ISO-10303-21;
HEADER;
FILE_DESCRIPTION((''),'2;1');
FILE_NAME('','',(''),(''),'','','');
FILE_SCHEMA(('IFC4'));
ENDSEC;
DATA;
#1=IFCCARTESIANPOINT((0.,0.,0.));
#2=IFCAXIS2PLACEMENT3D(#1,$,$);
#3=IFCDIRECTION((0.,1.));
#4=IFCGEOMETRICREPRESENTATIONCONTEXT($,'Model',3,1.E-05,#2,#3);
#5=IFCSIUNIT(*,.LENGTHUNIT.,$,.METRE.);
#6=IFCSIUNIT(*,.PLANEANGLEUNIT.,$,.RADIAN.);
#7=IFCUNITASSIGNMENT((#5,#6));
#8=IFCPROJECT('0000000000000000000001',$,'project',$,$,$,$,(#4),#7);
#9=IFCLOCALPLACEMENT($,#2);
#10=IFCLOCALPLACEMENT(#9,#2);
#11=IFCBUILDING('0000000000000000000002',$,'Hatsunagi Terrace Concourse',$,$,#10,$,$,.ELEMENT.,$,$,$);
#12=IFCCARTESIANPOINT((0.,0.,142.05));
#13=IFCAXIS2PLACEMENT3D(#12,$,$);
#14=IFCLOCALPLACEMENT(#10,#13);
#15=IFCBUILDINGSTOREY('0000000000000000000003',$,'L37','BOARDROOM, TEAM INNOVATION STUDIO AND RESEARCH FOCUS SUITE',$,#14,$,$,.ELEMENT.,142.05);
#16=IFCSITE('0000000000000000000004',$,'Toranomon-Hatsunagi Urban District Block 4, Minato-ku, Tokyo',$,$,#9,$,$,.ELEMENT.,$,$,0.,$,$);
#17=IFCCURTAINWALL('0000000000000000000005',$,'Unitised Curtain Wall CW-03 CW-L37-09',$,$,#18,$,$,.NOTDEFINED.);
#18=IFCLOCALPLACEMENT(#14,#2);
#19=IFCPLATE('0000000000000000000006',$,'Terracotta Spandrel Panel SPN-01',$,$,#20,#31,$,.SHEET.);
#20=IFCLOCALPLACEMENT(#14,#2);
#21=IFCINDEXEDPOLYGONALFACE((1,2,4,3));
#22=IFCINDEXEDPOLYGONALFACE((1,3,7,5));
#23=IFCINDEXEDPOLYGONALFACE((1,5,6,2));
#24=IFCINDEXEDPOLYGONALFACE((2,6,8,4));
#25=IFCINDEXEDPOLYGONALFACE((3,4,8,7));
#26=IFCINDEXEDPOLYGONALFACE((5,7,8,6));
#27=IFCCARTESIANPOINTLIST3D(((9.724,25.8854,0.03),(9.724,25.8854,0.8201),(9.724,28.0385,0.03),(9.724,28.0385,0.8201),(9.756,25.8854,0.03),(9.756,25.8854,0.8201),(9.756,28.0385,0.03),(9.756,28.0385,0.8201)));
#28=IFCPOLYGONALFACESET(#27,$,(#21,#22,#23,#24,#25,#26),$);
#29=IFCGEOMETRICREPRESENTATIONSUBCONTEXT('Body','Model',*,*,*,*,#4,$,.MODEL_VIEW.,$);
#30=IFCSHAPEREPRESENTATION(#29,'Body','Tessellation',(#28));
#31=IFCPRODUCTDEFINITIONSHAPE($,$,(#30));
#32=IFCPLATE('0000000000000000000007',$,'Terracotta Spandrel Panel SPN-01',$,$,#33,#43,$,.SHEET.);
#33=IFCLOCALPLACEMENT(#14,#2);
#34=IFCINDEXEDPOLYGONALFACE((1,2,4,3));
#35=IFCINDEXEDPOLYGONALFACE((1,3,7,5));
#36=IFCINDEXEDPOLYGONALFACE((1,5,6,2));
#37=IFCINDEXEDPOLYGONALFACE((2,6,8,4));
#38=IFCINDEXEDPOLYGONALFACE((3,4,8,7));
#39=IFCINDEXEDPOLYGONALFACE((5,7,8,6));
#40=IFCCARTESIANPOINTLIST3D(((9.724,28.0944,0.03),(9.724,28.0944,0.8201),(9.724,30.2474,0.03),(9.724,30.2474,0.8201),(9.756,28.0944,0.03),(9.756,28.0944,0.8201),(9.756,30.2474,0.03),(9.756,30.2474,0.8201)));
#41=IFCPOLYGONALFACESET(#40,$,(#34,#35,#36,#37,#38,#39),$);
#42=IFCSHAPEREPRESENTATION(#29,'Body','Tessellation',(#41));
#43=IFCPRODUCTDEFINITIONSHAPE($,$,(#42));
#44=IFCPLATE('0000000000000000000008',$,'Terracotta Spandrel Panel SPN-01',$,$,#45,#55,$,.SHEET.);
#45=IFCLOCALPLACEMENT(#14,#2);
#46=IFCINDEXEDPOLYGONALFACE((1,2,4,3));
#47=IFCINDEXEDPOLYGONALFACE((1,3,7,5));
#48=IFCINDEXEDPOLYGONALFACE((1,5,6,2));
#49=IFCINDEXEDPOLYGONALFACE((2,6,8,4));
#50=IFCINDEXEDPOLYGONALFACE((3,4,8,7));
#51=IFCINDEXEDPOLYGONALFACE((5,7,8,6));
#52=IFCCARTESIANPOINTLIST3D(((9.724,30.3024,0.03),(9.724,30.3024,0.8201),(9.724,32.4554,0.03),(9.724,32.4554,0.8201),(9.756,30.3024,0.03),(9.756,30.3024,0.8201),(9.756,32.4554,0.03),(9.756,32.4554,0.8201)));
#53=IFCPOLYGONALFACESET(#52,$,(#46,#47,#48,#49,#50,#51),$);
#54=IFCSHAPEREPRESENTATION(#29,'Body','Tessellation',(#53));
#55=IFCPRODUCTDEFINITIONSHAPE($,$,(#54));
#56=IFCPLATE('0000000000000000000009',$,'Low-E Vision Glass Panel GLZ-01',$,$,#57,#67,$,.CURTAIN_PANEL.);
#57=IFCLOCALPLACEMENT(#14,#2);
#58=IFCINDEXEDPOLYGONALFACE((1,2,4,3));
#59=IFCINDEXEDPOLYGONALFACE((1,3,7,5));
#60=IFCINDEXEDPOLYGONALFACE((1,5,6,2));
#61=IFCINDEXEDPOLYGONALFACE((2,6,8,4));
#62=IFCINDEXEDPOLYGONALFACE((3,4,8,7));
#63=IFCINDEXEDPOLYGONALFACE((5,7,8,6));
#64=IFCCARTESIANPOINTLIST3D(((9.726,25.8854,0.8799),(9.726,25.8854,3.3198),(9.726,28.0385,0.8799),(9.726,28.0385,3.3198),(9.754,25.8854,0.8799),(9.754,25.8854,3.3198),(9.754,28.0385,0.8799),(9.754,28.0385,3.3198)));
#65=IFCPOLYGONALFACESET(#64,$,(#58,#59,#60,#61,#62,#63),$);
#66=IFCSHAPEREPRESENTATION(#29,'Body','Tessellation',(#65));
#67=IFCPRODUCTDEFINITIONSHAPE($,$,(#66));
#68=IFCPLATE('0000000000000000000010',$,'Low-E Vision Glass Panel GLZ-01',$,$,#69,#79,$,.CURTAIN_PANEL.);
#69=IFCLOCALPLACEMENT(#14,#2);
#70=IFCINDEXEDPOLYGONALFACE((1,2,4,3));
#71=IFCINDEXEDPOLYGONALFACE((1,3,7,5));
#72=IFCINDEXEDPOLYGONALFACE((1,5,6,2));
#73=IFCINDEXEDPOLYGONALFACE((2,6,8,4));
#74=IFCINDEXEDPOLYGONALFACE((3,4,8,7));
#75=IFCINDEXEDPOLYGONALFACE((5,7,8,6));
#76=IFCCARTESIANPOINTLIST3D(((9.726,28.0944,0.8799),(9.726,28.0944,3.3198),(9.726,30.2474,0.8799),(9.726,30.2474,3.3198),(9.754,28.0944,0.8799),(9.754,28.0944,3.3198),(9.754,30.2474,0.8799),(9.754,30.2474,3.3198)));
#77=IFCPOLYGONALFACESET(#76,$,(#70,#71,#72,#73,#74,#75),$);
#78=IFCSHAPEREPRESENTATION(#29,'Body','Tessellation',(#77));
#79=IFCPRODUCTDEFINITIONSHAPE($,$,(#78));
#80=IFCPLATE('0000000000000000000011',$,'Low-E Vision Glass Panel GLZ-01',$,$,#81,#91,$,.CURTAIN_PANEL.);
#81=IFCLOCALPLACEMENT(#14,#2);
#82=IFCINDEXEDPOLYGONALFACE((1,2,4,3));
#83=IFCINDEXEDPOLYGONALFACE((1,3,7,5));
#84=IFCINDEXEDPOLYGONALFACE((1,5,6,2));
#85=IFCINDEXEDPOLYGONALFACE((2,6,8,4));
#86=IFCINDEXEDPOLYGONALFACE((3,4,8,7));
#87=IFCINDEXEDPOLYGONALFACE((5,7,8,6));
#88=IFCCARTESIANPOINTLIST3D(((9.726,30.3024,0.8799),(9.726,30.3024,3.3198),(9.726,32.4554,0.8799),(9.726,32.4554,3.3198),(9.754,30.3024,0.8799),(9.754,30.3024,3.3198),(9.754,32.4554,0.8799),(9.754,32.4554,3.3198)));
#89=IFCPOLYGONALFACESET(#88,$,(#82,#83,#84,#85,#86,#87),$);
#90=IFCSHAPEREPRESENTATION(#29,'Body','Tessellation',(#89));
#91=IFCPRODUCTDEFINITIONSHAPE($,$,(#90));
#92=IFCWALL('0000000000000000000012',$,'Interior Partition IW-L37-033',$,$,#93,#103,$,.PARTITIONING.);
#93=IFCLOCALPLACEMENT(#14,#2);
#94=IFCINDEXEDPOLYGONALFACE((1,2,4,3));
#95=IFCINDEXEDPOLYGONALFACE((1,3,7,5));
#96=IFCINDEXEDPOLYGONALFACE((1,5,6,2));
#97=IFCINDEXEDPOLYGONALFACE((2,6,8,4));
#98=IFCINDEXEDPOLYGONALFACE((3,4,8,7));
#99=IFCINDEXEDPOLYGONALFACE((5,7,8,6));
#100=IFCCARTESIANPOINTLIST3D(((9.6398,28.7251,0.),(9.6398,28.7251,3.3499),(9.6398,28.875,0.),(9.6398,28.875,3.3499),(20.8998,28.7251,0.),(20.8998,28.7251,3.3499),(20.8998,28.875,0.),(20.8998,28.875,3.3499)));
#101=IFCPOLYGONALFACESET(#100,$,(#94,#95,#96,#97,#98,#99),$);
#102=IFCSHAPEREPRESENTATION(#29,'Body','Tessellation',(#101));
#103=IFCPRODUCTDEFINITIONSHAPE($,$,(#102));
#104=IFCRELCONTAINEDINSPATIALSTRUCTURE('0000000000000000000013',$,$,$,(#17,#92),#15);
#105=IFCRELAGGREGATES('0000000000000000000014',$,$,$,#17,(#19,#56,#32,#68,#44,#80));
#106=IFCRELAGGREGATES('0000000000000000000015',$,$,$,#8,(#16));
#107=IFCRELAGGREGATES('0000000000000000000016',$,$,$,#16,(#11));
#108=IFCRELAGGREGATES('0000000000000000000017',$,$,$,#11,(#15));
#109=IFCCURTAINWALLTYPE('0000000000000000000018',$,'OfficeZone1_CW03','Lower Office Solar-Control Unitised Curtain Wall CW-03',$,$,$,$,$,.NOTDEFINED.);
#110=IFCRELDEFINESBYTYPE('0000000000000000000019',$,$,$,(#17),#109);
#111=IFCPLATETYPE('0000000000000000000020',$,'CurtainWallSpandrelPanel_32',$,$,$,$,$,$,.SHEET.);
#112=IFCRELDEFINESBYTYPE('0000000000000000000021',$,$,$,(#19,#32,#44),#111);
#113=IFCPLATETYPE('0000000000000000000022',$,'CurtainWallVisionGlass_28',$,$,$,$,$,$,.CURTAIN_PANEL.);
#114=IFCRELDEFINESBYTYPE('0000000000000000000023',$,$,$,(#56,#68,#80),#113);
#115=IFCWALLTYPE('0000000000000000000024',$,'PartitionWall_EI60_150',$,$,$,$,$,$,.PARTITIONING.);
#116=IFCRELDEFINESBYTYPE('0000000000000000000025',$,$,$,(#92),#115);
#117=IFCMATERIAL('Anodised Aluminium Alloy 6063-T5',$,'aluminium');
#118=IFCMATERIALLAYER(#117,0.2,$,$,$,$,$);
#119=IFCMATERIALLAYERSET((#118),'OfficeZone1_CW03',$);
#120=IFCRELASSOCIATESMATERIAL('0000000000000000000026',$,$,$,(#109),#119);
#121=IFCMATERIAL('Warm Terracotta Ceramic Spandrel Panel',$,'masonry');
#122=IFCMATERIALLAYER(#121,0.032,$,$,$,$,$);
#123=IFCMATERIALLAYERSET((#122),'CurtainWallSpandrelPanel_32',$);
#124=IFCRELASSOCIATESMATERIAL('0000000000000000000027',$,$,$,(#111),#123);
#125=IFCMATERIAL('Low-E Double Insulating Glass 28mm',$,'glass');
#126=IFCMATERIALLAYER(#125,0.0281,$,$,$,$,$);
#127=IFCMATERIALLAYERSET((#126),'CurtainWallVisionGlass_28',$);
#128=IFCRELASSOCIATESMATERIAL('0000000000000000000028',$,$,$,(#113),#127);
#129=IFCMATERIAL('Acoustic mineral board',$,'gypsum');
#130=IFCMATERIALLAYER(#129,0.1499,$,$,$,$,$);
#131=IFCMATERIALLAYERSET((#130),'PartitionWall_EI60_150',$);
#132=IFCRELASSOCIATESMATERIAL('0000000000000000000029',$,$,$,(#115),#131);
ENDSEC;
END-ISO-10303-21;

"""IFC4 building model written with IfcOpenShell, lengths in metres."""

from ifc_helpers import new_model, si_unit, direction, frame, frame_2d, origin, origin_2d, place, context, subcontext, project, spatial, rectangle, extrude, material, layer, layer_set, type_object, element, aggregate, save


model = new_model("IFC4")

# Units and contexts
model_context = context("Model", 3, precision=1e-05, world=origin(), true_north=direction((0.0, 1.0)))
body_context = subcontext(model_context, "Body", "Model", "MODEL_VIEW")
ifc_project = project(units=[si_unit("LENGTHUNIT", "METRE"), si_unit("PLANEANGLEUNIT", "RADIAN")], contexts=[model_context])

# Site, building, storey
site_placement = place(None, origin())
site = spatial("IfcSite", under=ifc_project, at=site_placement, Name="Toranomon-Hatsunagi Urban District Block 4, Minato-ku, Tokyo", CompositionType="ELEMENT", RefElevation=0.0)
building_placement = place(site_placement, origin())
building = spatial("IfcBuilding", under=site, at=building_placement, Name="Hatsunagi Terrace Concourse", CompositionType="ELEMENT")
storey_placement = place(building_placement, frame((0.0, 0.0, 142.05)))
storey = spatial("IfcBuildingStorey", under=building, at=storey_placement, Name="L37", Description="BOARDROOM, TEAM INNOVATION STUDIO AND RESEARCH FOCUS SUITE", CompositionType="ELEMENT", Elevation=142.05)

# Curtain wall
ifc_material_1 = material(Name="Anodised Aluminium Alloy 6063-T5", Category="aluminium")
ifc_layer_1 = layer(ifc_material_1, 0.2)
ifc_layer_set_1 = layer_set([ifc_layer_1], Name="OfficeZone1_CW03")
curtain_wall_type = type_object("IfcCurtainWallType", Name="OfficeZone1_CW03", Description="Lower Office Solar-Control Unitised Curtain Wall CW-03", PredefinedType="NOTDEFINED", material=ifc_layer_set_1)
curtain_wall_placement = place(storey_placement, origin())
curtain_wall = element("IfcCurtainWall", 1, at=curtain_wall_placement, inside=storey, type_object=curtain_wall_type, Name="Unitised Curtain Wall CW-03 CW-L37-09", PredefinedType="NOTDEFINED")

# Plates
ifc_material_2 = material(Name="Warm Terracotta Ceramic Spandrel Panel", Category="masonry")
ifc_layer_2 = layer(ifc_material_2, 0.032)
ifc_layer_set_2 = layer_set([ifc_layer_2], Name="CurtainWallSpandrelPanel_32")
plate_type_1 = type_object("IfcPlateType", Name="CurtainWallSpandrelPanel_32", PredefinedType="SHEET", material=ifc_layer_set_2)
plate_1_placement = place(storey_placement, frame((9.74, 26.9619, 0.03), z_axis=(0.0, 0.0, 1.0), x_axis=(0.0, 1.0, 0.0)))
plate_1 = element("IfcPlate", 2, at=plate_1_placement, type_object=plate_type_1, Name="Terracotta Spandrel Panel SPN-01", PredefinedType="SHEET", context=body_context, shape_type="SweptSolid", body=[
    extrude(rectangle(XDim=2.1531, YDim=0.032, at=origin_2d()), origin(), (0.0, 0.0, 1.0), 0.79),
])
plate_2_placement = place(storey_placement, frame((9.74, 29.1709, 0.03), z_axis=(0.0, 0.0, 1.0), x_axis=(0.0, 1.0, 0.0)))
plate_2 = element("IfcPlate", 3, at=plate_2_placement, type_object=plate_type_1, Name="Terracotta Spandrel Panel SPN-01", PredefinedType="SHEET", context=body_context, shape_type="SweptSolid", body=[
    extrude(rectangle(XDim=2.1531, YDim=0.032, at=origin_2d()), origin(), (0.0, 0.0, 1.0), 0.79),
])
plate_3_placement = place(storey_placement, frame((9.74, 31.3789, 0.03), z_axis=(0.0, 0.0, 1.0), x_axis=(0.0, 1.0, 0.0)))
plate_3 = element("IfcPlate", 4, at=plate_3_placement, type_object=plate_type_1, Name="Terracotta Spandrel Panel SPN-01", PredefinedType="SHEET", context=body_context, shape_type="SweptSolid", body=[
    extrude(rectangle(XDim=2.1531, YDim=0.032, at=origin_2d()), origin(), (0.0, 0.0, 1.0), 0.79),
])
ifc_material_3 = material(Name="Low-E Double Insulating Glass 28mm", Category="glass")
ifc_layer_3 = layer(ifc_material_3, 0.0281)
ifc_layer_set_3 = layer_set([ifc_layer_3], Name="CurtainWallVisionGlass_28")
plate_type_2 = type_object("IfcPlateType", Name="CurtainWallVisionGlass_28", PredefinedType="CURTAIN_PANEL", material=ifc_layer_set_3)
plate_4_placement = place(storey_placement, frame((9.74, 26.9619, 0.8799), z_axis=(0.0, 0.0, 1.0), x_axis=(0.0, 1.0, 0.0)))
plate_4 = element("IfcPlate", 5, at=plate_4_placement, type_object=plate_type_2, Name="Low-E Vision Glass Panel GLZ-01", PredefinedType="CURTAIN_PANEL", context=body_context, shape_type="SweptSolid", body=[
    extrude(rectangle(XDim=2.1531, YDim=0.0281, at=origin_2d()), origin(), (0.0, 0.0, 1.0), 2.4399),
])
plate_5_placement = place(storey_placement, frame((9.74, 29.1709, 0.8799), z_axis=(0.0, 0.0, 1.0), x_axis=(0.0, 1.0, 0.0)))
plate_5 = element("IfcPlate", 6, at=plate_5_placement, type_object=plate_type_2, Name="Low-E Vision Glass Panel GLZ-01", PredefinedType="CURTAIN_PANEL", context=body_context, shape_type="SweptSolid", body=[
    extrude(rectangle(XDim=2.1531, YDim=0.0281, at=origin_2d()), origin(), (0.0, 0.0, 1.0), 2.4399),
])
plate_6_placement = place(storey_placement, frame((9.74, 31.3789, 0.8799), z_axis=(0.0, 0.0, 1.0), x_axis=(0.0, 1.0, 0.0)))
plate_6 = element("IfcPlate", 7, at=plate_6_placement, type_object=plate_type_2, Name="Low-E Vision Glass Panel GLZ-01", PredefinedType="CURTAIN_PANEL", context=body_context, shape_type="SweptSolid", body=[
    extrude(rectangle(XDim=2.1531, YDim=0.0281, at=origin_2d()), origin(), (0.0, 0.0, 1.0), 2.4399),
])
aggregate(curtain_wall, [plate_1, plate_4, plate_2, plate_5, plate_3, plate_6])

# Wall
ifc_material_4 = material(Name="Acoustic mineral board", Category="gypsum")
ifc_layer_4 = layer(ifc_material_4, 0.1499)
ifc_layer_set_4 = layer_set([ifc_layer_4], Name="PartitionWall_EI60_150")
wall_type = type_object("IfcWallType", Name="PartitionWall_EI60_150", PredefinedType="PARTITIONING", material=ifc_layer_set_4)
wall_placement = place(storey_placement, frame((9.6399, 28.8, 0.0), z_axis=(0.0, 0.0, 1.0), x_axis=(1.0, 0.0, 0.0)))
element("IfcWall", 8, at=wall_placement, inside=storey, type_object=wall_type, Name="Interior Partition IW-L37-033", PredefinedType="PARTITIONING", context=body_context, shape_type="SweptSolid", body=[
    extrude(rectangle(XDim=11.26, YDim=0.1499, at=frame_2d((5.6299, 0.0))), origin(), (0.0, 0.0, 1.0), 3.3499),
])

save(model, "model.ifc")
